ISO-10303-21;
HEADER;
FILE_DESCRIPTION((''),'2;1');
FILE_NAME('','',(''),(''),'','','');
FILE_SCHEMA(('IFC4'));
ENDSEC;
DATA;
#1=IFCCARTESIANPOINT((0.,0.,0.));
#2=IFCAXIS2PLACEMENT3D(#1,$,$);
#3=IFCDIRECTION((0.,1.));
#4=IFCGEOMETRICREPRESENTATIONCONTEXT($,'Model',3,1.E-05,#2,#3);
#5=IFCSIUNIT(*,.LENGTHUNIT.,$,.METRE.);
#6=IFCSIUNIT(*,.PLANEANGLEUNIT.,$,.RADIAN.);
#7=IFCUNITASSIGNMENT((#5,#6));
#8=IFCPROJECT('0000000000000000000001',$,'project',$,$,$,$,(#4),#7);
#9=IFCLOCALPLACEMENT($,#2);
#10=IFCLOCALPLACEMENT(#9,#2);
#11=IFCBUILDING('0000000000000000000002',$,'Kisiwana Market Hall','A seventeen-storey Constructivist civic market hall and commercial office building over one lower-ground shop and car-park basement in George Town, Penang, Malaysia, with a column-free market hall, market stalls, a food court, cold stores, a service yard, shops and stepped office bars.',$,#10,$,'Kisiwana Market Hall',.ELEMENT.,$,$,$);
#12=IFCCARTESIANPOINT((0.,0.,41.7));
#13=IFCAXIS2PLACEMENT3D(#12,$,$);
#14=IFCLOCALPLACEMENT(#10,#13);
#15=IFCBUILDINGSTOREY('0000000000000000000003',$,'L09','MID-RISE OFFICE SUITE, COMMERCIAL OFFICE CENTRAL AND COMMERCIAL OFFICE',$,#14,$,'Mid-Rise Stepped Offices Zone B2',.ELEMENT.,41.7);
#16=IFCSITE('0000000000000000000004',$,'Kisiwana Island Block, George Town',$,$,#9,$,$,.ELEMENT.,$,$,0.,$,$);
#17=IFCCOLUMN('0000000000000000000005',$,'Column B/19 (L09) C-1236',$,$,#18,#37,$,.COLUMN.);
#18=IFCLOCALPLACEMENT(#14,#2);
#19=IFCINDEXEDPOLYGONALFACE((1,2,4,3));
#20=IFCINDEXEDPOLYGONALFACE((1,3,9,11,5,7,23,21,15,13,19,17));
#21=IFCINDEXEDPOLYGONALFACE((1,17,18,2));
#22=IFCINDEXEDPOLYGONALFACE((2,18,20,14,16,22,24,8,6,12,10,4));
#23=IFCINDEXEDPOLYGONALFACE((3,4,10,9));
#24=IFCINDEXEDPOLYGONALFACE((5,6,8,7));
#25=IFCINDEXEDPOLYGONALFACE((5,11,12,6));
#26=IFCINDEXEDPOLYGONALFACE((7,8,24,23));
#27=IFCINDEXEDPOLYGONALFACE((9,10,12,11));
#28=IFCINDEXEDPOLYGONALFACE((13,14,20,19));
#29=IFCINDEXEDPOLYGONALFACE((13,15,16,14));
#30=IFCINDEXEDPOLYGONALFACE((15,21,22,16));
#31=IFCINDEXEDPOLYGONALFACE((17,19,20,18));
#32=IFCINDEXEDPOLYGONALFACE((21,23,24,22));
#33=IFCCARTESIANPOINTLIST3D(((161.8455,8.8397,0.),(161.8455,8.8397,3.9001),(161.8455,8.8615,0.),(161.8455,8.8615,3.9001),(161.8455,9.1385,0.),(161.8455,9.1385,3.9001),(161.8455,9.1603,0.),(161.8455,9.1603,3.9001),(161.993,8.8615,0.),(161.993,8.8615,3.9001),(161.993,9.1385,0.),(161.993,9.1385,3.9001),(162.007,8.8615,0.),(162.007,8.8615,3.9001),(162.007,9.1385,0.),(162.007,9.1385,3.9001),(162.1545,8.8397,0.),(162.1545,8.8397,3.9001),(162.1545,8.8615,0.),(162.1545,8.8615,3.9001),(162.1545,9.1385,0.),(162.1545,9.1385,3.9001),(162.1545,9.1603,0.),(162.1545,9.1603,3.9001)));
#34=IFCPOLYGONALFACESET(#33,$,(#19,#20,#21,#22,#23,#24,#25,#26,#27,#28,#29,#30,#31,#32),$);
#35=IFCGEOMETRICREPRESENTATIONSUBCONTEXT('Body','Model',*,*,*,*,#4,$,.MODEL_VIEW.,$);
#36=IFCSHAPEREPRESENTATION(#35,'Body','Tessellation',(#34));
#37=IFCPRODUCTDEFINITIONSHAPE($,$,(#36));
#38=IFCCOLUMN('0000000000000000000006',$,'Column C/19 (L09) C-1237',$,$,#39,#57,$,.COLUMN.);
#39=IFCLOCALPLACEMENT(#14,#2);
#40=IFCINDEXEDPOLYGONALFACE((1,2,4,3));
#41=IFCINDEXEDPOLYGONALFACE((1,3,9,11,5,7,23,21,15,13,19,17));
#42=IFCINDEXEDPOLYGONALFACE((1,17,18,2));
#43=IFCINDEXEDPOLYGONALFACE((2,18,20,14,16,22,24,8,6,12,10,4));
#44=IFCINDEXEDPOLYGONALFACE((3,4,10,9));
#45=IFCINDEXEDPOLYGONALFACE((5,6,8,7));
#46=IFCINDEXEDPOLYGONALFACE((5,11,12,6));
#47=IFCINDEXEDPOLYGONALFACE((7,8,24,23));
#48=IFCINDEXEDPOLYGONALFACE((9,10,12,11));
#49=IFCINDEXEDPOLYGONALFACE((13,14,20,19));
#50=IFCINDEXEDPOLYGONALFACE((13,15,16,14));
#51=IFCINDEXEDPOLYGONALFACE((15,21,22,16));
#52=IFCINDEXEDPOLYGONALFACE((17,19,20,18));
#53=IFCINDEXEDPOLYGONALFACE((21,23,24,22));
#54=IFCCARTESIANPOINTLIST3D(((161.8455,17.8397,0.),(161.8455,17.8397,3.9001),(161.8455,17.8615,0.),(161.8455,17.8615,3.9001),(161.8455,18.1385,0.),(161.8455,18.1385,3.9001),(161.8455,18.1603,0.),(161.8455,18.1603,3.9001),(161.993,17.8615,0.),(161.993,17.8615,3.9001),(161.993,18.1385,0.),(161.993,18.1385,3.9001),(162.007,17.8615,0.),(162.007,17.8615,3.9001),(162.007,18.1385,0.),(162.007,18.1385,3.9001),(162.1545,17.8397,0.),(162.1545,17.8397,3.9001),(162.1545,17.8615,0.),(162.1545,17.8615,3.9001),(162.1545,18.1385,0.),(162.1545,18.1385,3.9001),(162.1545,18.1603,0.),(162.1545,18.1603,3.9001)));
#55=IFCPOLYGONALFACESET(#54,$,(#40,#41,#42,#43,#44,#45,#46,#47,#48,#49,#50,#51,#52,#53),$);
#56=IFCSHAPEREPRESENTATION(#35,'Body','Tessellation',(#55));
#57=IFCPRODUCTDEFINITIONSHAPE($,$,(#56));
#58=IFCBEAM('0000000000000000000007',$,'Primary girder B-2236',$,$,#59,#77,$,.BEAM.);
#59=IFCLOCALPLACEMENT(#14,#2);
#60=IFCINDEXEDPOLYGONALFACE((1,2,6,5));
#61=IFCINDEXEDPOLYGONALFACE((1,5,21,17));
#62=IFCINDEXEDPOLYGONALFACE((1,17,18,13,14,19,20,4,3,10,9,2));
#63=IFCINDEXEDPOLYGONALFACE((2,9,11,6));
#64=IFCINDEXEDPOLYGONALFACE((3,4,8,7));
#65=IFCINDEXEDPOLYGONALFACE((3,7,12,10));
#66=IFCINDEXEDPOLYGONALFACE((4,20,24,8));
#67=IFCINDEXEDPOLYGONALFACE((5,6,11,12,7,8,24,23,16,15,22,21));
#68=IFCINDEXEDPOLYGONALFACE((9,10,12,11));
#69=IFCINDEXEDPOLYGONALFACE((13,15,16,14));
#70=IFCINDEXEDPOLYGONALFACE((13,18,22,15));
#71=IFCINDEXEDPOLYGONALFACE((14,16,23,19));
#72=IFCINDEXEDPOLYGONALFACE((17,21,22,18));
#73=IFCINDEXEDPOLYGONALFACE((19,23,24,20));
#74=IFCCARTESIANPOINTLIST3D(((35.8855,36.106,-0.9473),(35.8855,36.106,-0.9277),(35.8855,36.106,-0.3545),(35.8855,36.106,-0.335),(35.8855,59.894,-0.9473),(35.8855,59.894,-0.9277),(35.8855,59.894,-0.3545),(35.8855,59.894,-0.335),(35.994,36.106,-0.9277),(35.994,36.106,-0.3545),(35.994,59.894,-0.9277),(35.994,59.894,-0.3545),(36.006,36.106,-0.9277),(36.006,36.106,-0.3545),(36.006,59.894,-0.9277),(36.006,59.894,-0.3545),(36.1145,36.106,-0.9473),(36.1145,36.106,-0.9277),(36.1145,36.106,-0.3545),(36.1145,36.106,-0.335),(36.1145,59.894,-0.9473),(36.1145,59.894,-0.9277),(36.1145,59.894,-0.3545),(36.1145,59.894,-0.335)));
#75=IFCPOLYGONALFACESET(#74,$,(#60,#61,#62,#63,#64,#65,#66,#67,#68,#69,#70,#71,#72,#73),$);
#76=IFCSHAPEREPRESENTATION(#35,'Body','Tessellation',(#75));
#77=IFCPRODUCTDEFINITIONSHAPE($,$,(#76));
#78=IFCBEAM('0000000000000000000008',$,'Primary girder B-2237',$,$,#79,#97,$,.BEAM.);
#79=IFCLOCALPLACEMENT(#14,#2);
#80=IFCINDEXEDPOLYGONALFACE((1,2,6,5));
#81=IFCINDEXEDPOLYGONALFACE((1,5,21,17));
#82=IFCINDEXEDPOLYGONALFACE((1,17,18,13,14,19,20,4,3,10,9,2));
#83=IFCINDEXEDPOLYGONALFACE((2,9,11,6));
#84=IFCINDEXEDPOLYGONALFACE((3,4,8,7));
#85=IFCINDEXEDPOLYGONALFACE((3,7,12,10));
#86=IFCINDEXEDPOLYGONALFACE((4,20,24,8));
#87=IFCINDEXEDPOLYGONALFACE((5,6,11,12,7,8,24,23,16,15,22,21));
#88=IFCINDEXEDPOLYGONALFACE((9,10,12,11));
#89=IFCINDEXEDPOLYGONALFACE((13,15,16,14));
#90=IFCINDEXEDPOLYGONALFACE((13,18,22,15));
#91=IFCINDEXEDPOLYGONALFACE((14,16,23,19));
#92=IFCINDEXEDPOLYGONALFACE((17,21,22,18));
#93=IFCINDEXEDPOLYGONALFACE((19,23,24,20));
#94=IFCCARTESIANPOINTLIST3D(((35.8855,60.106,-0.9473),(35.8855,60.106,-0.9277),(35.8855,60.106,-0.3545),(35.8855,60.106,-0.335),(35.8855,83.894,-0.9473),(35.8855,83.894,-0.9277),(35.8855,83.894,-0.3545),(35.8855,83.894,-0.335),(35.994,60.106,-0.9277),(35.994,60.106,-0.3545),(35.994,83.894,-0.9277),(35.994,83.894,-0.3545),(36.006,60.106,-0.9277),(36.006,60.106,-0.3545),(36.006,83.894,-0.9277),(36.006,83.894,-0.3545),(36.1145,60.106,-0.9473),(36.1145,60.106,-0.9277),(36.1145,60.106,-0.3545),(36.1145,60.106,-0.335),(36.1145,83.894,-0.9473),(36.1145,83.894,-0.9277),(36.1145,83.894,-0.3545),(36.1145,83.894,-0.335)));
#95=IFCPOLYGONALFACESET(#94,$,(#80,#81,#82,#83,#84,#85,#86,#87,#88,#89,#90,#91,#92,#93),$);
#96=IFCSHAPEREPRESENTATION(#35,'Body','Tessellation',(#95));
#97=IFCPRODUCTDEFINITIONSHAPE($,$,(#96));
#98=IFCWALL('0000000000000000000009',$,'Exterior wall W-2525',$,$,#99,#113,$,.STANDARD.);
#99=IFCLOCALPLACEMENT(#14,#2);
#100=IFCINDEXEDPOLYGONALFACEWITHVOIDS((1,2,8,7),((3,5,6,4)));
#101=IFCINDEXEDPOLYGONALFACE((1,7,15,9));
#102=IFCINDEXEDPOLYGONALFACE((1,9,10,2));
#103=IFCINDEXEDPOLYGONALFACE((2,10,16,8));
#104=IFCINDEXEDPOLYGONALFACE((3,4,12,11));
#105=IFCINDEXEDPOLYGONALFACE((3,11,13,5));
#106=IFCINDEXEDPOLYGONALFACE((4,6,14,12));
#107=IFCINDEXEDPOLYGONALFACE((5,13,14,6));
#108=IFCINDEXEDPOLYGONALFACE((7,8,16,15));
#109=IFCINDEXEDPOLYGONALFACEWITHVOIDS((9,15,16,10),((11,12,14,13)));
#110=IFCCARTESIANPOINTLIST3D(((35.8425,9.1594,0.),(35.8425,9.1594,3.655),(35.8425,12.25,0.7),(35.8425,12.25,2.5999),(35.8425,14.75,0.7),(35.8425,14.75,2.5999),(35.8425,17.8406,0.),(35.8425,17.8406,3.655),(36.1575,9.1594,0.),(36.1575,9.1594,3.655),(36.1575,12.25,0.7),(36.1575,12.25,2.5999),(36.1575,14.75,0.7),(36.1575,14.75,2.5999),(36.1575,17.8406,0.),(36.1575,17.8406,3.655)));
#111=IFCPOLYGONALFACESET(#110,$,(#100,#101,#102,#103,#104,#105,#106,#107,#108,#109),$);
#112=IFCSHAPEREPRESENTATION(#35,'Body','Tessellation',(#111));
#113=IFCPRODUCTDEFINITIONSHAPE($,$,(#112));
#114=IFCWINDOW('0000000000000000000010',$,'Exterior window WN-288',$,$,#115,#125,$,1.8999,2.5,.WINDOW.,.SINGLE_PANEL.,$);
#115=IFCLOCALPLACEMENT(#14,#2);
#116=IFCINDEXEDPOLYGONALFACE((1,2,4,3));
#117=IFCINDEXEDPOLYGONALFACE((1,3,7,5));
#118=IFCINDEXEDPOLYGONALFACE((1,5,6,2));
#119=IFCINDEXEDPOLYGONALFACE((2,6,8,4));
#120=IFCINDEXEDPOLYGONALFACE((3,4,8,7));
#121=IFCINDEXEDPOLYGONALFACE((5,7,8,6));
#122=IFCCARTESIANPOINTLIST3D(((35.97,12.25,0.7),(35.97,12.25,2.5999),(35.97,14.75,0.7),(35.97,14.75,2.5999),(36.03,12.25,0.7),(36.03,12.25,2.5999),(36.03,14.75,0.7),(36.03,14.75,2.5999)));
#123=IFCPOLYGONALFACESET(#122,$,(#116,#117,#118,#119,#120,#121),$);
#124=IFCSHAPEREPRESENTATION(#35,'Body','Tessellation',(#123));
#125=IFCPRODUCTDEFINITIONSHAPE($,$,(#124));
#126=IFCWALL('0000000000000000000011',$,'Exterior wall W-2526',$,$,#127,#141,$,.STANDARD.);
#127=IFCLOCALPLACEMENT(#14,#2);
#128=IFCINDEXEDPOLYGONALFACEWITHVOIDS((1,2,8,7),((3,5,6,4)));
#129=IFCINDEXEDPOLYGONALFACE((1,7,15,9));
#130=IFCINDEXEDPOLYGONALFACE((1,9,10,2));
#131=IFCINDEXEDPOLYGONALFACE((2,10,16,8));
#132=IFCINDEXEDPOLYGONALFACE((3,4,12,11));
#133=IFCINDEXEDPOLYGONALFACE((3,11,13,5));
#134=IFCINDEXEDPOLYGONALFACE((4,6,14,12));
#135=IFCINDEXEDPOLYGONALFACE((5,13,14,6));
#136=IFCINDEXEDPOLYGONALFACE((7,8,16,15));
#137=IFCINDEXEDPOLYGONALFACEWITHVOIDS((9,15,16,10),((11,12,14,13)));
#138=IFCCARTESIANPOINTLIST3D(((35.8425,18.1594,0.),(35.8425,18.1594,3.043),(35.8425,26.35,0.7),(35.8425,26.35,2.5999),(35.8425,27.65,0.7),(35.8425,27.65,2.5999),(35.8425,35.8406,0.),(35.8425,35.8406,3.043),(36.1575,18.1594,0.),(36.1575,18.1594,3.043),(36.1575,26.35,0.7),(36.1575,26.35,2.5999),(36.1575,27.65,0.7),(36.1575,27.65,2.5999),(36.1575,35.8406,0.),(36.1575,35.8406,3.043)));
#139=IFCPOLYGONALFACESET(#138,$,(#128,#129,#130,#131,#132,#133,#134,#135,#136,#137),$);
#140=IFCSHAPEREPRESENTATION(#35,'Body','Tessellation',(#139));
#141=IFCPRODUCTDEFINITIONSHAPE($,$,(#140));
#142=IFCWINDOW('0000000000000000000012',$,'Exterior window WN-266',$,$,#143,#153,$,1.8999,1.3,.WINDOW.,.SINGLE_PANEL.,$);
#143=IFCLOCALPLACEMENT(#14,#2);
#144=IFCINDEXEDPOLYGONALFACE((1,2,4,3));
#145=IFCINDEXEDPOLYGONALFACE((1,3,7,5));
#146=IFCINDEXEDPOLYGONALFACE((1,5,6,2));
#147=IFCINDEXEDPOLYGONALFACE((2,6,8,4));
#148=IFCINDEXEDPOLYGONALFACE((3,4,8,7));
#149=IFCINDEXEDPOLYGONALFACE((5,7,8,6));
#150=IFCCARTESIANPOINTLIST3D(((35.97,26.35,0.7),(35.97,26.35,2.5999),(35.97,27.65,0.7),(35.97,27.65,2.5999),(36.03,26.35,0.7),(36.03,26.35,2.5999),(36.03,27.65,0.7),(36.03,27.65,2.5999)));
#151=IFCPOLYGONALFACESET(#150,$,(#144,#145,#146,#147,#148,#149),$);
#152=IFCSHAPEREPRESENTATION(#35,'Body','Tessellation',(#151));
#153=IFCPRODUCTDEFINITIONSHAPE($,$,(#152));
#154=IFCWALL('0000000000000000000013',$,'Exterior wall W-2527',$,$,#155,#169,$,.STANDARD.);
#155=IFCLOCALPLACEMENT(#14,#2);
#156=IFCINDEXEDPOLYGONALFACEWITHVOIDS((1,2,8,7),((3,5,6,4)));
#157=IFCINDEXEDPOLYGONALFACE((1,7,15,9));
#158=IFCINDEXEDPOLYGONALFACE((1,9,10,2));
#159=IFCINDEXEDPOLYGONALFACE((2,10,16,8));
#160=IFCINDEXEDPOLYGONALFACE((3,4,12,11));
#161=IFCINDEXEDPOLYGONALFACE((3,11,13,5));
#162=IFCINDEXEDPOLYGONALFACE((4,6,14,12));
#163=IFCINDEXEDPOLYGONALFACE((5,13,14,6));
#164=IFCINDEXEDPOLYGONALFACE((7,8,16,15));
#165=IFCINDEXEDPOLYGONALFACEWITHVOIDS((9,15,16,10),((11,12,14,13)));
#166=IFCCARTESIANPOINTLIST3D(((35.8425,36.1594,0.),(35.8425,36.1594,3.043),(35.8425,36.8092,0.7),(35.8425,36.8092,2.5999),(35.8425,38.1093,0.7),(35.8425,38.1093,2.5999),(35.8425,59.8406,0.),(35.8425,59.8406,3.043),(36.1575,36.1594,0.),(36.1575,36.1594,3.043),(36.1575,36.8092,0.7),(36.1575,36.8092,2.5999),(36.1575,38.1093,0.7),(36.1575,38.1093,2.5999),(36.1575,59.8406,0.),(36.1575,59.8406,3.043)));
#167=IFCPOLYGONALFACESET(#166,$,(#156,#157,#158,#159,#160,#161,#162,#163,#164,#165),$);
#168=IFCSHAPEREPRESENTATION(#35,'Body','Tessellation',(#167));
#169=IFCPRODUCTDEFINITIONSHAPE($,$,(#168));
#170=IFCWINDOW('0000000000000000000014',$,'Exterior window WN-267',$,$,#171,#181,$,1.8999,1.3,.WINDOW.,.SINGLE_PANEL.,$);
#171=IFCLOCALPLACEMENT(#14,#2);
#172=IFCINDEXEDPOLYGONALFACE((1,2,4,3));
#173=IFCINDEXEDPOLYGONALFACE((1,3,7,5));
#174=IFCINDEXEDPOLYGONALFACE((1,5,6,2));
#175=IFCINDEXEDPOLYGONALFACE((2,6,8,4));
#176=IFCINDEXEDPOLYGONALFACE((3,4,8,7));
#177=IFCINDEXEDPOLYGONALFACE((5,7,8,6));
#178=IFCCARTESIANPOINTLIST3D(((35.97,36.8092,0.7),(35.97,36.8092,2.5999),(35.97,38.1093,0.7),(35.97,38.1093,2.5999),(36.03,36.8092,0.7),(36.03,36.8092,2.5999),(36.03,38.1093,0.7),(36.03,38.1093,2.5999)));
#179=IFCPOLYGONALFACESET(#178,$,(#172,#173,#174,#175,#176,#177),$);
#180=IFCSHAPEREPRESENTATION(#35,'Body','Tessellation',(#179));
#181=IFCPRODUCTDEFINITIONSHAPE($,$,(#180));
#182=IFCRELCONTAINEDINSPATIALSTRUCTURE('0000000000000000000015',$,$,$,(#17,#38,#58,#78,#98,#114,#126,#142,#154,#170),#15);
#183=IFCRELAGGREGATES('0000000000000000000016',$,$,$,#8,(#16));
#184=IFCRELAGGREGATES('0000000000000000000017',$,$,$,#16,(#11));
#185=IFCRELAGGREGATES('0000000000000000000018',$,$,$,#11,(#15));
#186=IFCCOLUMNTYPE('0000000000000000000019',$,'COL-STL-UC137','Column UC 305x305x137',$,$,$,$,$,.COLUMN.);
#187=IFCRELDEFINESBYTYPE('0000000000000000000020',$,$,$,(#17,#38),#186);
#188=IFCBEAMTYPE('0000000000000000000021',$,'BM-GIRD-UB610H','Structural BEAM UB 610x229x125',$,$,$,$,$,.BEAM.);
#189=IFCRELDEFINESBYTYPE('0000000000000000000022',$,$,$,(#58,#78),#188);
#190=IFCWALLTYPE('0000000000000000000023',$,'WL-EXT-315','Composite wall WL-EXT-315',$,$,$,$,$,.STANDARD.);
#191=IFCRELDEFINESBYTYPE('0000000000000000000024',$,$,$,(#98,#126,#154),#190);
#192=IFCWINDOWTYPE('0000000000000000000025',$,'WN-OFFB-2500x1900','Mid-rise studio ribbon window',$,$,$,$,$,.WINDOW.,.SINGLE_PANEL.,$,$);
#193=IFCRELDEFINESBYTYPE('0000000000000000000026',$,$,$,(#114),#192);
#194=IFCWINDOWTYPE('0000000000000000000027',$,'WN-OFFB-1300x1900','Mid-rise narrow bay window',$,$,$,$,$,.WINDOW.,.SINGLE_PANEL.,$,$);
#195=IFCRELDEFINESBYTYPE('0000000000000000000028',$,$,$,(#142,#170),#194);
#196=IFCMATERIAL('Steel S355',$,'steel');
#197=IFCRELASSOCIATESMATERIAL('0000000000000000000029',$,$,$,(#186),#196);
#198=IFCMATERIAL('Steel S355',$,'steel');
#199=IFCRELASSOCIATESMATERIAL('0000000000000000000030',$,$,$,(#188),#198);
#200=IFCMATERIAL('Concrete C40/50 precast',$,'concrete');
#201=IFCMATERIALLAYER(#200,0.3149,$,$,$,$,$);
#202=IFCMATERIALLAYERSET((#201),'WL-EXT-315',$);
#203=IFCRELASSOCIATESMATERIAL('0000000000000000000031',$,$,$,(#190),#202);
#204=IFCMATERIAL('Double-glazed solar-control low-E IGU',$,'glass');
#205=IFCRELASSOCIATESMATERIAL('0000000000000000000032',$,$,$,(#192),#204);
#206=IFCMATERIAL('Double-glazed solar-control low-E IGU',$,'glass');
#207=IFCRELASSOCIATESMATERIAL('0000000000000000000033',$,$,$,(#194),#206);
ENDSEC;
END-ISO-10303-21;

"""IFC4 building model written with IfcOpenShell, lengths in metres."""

from ifc_helpers import new_model, si_unit, direction, frame, frame_2d, origin, origin_2d, place, context, subcontext, project, spatial, rectangle, i_section, extrude, material, layer, layer_set, material_profile, profile_set, type_object, element, fill, save


model = new_model("IFC4")

# Units and contexts
model_context = context("Model", 3, precision=1e-05, world=origin(), true_north=direction((0.0, 1.0)))
body_context = subcontext(model_context, "Body", "Model", "MODEL_VIEW")
ifc_project = project(units=[si_unit("LENGTHUNIT", "METRE"), si_unit("PLANEANGLEUNIT", "RADIAN")], contexts=[model_context])

# Site, building, storey
site_placement = place(None, origin())
site = spatial("IfcSite", under=ifc_project, at=site_placement, Name="Kisiwana Island Block, George Town", CompositionType="ELEMENT", RefElevation=0.0)
building_placement = place(site_placement, origin())
building = spatial("IfcBuilding", under=site, at=building_placement, Name="Kisiwana Market Hall", Description="A seventeen-storey Constructivist civic market hall and commercial office building over one lower-ground shop and car-park basement in George Town, Penang, Malaysia, with a column-free market hall, market stalls, a food court, cold stores, a service yard, shops and stepped office bars.", LongName="Kisiwana Market Hall", CompositionType="ELEMENT")
storey_placement = place(building_placement, frame((0.0, 0.0, 41.7)))
storey = spatial("IfcBuildingStorey", under=building, at=storey_placement, Name="L09", Description="MID-RISE OFFICE SUITE, COMMERCIAL OFFICE CENTRAL AND COMMERCIAL OFFICE", LongName="Mid-Rise Stepped Offices Zone B2", CompositionType="ELEMENT", Elevation=41.7)

# Columns
ifc_material_1 = material(Name="Steel S355", Category="steel")
ifc_material_profile_1 = material_profile(ifc_material_1, i_section(OverallWidth=0.3091, OverallDepth=0.3206, WebThickness=0.0139, FlangeThickness=0.0217, at=origin_2d()), Name="UC 305x305x137")
ifc_profile_set_1 = profile_set([ifc_material_profile_1], Name="Steel S355")
column_type = type_object("IfcColumnType", Name="COL-STL-UC137", Description="Column UC 305x305x137", PredefinedType="COLUMN", material=ifc_profile_set_1)
for number, where, z_axis, x_axis, name in (
    (1, (162.0, 9.0, 0.0), (0.0, 0.0, 1.0), (1.0, 0.0, 0.0), "Column B/19 (L09) C-1236"),
    (2, (162.0, 18.0, 0.0), (0.0, 0.0, 1.0), (1.0, 0.0, 0.0), "Column C/19 (L09) C-1237"),
):
    element("IfcColumn", number, at=place(storey_placement, frame(where, z_axis=z_axis, x_axis=x_axis)), inside=storey, type_object=column_type, Name=name, PredefinedType="COLUMN", context=body_context, shape_type="SweptSolid", body=[
        extrude(i_section(OverallWidth=0.3091, OverallDepth=0.3206, WebThickness=0.0139, FlangeThickness=0.0217, at=origin_2d()), origin(), (0.0, 0.0, 1.0), 3.9001),
    ])

# Beams
ifc_material_2 = material(Name="Steel S355", Category="steel")
ifc_material_profile_2 = material_profile(ifc_material_2, i_section(OverallWidth=0.229, OverallDepth=0.6123, WebThickness=0.012, FlangeThickness=0.0195, at=origin_2d()), Name="UB 610x229x125")
ifc_profile_set_2 = profile_set([ifc_material_profile_2], Name="Steel S355")
beam_type = type_object("IfcBeamType", Name="BM-GIRD-UB610H", Description="Structural BEAM UB 610x229x125", PredefinedType="BEAM", material=ifc_profile_set_2)
for number, where, z_axis, x_axis, name in (
    (3, (36.0, 36.106, -0.6411), (0.0, 1.0, 0.0), (-1.0, 0.0, 0.0), "Primary girder B-2236"),
    (4, (36.0, 60.106, -0.6411), (0.0, 1.0, 0.0), (-1.0, 0.0, 0.0), "Primary girder B-2237"),
):
    element("IfcBeam", number, at=place(storey_placement, frame(where, z_axis=z_axis, x_axis=x_axis)), inside=storey, type_object=beam_type, Name=name, PredefinedType="BEAM", context=body_context, shape_type="SweptSolid", body=[
        extrude(i_section(OverallWidth=0.229, OverallDepth=0.6123, WebThickness=0.012, FlangeThickness=0.0195, at=origin_2d()), origin(), (0.0, 0.0, 1.0), 23.7881),
    ])

# Walls, openings, windows
ifc_material_3 = material(Name="Concrete C40/50 precast", Category="concrete")
ifc_layer = layer(ifc_material_3, 0.3149)
ifc_layer_set = layer_set([ifc_layer], Name="WL-EXT-315")
wall_type = type_object("IfcWallType", Name="WL-EXT-315", Description="Composite wall WL-EXT-315", PredefinedType="STANDARD", material=ifc_layer_set)
wall_1_placement = place(storey_placement, frame((36.0, 9.1594, 0.0), z_axis=(0.0, 0.0, 1.0), x_axis=(0.0, 1.0, 0.0)))
wall_1 = element("IfcWall", 5, at=wall_1_placement, inside=storey, type_object=wall_type, Name="Exterior wall W-2525", PredefinedType="STANDARD", context=body_context, shape_type="SweptSolid", body=[
    extrude(rectangle(XDim=8.6812, YDim=0.3149, at=frame_2d((4.3406, 0.0))), origin(), (0.0, 0.0, 1.0), 3.655),
])
opening_1_placement = place(wall_1_placement, frame((3.0906, 0.0, 0.7)))
opening_1 = element("IfcOpeningElement", 6, at=opening_1_placement, cuts=wall_1, PredefinedType="OPENING", context=body_context, shape_type="SweptSolid", body=[
    extrude(rectangle(XDim=2.5, YDim=1.8999, at=frame_2d((1.25, 0.95))), frame((0.0, 0.1694, 0.0), z_axis=(0.0, -1.0, 0.0), x_axis=(1.0, 0.0, 0.0)), (0.0, 0.0, 1.0), 0.3389),
])
ifc_material_4 = material(Name="Double-glazed solar-control low-E IGU", Category="glass")
window_type_1 = type_object("IfcWindowType", Name="WN-OFFB-2500x1900", Description="Mid-rise studio ribbon window", PartitioningType="SINGLE_PANEL", PredefinedType="WINDOW", material=ifc_material_4)
window_1_placement = place(opening_1_placement, origin())
window_1 = element("IfcWindow", 7, at=window_1_placement, inside=storey, type_object=window_type_1, Name="Exterior window WN-288", OverallHeight=1.8999, OverallWidth=2.5, PartitioningType="SINGLE_PANEL", PredefinedType="WINDOW", context=body_context, shape_type="SweptSolid", body=[
    extrude(rectangle(XDim=2.5, YDim=1.8999, at=frame_2d((1.25, 0.95))), frame((0.0, 0.03, 0.0), z_axis=(0.0, -1.0, 0.0), x_axis=(1.0, 0.0, 0.0)), (0.0, 0.0, 1.0), 0.0601),
])
fill(opening_1, window_1)
wall_2_placement = place(storey_placement, frame((36.0, 18.1594, 0.0), z_axis=(0.0, 0.0, 1.0), x_axis=(0.0, 1.0, 0.0)))
wall_2 = element("IfcWall", 8, at=wall_2_placement, inside=storey, type_object=wall_type, Name="Exterior wall W-2526", PredefinedType="STANDARD", context=body_context, shape_type="SweptSolid", body=[
    extrude(rectangle(XDim=17.6812, YDim=0.3149, at=frame_2d((8.8406, 0.0))), origin(), (0.0, 0.0, 1.0), 3.043),
])
opening_2_placement = place(wall_2_placement, frame((8.1907, 0.0, 0.7)))
opening_2 = element("IfcOpeningElement", 9, at=opening_2_placement, cuts=wall_2, PredefinedType="OPENING", context=body_context, shape_type="SweptSolid", body=[
    extrude(rectangle(XDim=1.3, YDim=1.8999, at=frame_2d((0.6499, 0.95))), frame((0.0, 0.1694, 0.0), z_axis=(0.0, -1.0, 0.0), x_axis=(1.0, 0.0, 0.0)), (0.0, 0.0, 1.0), 0.3389),
])
ifc_material_5 = material(Name="Double-glazed solar-control low-E IGU", Category="glass")
window_type_2 = type_object("IfcWindowType", Name="WN-OFFB-1300x1900", Description="Mid-rise narrow bay window", PartitioningType="SINGLE_PANEL", PredefinedType="WINDOW", material=ifc_material_5)
window_2_placement = place(opening_2_placement, origin())
window_2 = element("IfcWindow", 10, at=window_2_placement, inside=storey, type_object=window_type_2, Name="Exterior window WN-266", OverallHeight=1.8999, OverallWidth=1.3, PartitioningType="SINGLE_PANEL", PredefinedType="WINDOW", context=body_context, shape_type="SweptSolid", body=[
    extrude(rectangle(XDim=1.3, YDim=1.8999, at=frame_2d((0.6499, 0.95))), frame((0.0, 0.03, 0.0), z_axis=(0.0, -1.0, 0.0), x_axis=(1.0, 0.0, 0.0)), (0.0, 0.0, 1.0), 0.0601),
])
fill(opening_2, window_2)
wall_3_placement = place(storey_placement, frame((36.0, 36.1594, 0.0), z_axis=(0.0, 0.0, 1.0), x_axis=(0.0, 1.0, 0.0)))
wall_3 = element("IfcWall", 11, at=wall_3_placement, inside=storey, type_object=wall_type, Name="Exterior wall W-2527", PredefinedType="STANDARD", context=body_context, shape_type="SweptSolid", body=[
    extrude(rectangle(XDim=23.6812, YDim=0.3149, at=frame_2d((11.8406, 0.0))), origin(), (0.0, 0.0, 1.0), 3.043),
])
opening_3_placement = place(wall_3_placement, frame((0.6499, 0.0, 0.7)))
opening_3 = element("IfcOpeningElement", 12, at=opening_3_placement, cuts=wall_3, PredefinedType="OPENING", context=body_context, shape_type="SweptSolid", body=[
    extrude(rectangle(XDim=1.3, YDim=1.8999, at=frame_2d((0.6499, 0.95))), frame((0.0, 0.1694, 0.0), z_axis=(0.0, -1.0, 0.0), x_axis=(1.0, 0.0, 0.0)), (0.0, 0.0, 1.0), 0.3389),
])
window_3_placement = place(opening_3_placement, origin())
window_3 = element("IfcWindow", 13, at=window_3_placement, inside=storey, type_object=window_type_2, Name="Exterior window WN-267", OverallHeight=1.8999, OverallWidth=1.3, PartitioningType="SINGLE_PANEL", PredefinedType="WINDOW", context=body_context, shape_type="SweptSolid", body=[
    extrude(rectangle(XDim=1.3, YDim=1.8999, at=frame_2d((0.6499, 0.95))), frame((0.0, 0.03, 0.0), z_axis=(0.0, -1.0, 0.0), x_axis=(1.0, 0.0, 0.0)), (0.0, 0.0, 1.0), 0.0601),
])
fill(opening_3, window_3)

save(model, "model.ifc")
